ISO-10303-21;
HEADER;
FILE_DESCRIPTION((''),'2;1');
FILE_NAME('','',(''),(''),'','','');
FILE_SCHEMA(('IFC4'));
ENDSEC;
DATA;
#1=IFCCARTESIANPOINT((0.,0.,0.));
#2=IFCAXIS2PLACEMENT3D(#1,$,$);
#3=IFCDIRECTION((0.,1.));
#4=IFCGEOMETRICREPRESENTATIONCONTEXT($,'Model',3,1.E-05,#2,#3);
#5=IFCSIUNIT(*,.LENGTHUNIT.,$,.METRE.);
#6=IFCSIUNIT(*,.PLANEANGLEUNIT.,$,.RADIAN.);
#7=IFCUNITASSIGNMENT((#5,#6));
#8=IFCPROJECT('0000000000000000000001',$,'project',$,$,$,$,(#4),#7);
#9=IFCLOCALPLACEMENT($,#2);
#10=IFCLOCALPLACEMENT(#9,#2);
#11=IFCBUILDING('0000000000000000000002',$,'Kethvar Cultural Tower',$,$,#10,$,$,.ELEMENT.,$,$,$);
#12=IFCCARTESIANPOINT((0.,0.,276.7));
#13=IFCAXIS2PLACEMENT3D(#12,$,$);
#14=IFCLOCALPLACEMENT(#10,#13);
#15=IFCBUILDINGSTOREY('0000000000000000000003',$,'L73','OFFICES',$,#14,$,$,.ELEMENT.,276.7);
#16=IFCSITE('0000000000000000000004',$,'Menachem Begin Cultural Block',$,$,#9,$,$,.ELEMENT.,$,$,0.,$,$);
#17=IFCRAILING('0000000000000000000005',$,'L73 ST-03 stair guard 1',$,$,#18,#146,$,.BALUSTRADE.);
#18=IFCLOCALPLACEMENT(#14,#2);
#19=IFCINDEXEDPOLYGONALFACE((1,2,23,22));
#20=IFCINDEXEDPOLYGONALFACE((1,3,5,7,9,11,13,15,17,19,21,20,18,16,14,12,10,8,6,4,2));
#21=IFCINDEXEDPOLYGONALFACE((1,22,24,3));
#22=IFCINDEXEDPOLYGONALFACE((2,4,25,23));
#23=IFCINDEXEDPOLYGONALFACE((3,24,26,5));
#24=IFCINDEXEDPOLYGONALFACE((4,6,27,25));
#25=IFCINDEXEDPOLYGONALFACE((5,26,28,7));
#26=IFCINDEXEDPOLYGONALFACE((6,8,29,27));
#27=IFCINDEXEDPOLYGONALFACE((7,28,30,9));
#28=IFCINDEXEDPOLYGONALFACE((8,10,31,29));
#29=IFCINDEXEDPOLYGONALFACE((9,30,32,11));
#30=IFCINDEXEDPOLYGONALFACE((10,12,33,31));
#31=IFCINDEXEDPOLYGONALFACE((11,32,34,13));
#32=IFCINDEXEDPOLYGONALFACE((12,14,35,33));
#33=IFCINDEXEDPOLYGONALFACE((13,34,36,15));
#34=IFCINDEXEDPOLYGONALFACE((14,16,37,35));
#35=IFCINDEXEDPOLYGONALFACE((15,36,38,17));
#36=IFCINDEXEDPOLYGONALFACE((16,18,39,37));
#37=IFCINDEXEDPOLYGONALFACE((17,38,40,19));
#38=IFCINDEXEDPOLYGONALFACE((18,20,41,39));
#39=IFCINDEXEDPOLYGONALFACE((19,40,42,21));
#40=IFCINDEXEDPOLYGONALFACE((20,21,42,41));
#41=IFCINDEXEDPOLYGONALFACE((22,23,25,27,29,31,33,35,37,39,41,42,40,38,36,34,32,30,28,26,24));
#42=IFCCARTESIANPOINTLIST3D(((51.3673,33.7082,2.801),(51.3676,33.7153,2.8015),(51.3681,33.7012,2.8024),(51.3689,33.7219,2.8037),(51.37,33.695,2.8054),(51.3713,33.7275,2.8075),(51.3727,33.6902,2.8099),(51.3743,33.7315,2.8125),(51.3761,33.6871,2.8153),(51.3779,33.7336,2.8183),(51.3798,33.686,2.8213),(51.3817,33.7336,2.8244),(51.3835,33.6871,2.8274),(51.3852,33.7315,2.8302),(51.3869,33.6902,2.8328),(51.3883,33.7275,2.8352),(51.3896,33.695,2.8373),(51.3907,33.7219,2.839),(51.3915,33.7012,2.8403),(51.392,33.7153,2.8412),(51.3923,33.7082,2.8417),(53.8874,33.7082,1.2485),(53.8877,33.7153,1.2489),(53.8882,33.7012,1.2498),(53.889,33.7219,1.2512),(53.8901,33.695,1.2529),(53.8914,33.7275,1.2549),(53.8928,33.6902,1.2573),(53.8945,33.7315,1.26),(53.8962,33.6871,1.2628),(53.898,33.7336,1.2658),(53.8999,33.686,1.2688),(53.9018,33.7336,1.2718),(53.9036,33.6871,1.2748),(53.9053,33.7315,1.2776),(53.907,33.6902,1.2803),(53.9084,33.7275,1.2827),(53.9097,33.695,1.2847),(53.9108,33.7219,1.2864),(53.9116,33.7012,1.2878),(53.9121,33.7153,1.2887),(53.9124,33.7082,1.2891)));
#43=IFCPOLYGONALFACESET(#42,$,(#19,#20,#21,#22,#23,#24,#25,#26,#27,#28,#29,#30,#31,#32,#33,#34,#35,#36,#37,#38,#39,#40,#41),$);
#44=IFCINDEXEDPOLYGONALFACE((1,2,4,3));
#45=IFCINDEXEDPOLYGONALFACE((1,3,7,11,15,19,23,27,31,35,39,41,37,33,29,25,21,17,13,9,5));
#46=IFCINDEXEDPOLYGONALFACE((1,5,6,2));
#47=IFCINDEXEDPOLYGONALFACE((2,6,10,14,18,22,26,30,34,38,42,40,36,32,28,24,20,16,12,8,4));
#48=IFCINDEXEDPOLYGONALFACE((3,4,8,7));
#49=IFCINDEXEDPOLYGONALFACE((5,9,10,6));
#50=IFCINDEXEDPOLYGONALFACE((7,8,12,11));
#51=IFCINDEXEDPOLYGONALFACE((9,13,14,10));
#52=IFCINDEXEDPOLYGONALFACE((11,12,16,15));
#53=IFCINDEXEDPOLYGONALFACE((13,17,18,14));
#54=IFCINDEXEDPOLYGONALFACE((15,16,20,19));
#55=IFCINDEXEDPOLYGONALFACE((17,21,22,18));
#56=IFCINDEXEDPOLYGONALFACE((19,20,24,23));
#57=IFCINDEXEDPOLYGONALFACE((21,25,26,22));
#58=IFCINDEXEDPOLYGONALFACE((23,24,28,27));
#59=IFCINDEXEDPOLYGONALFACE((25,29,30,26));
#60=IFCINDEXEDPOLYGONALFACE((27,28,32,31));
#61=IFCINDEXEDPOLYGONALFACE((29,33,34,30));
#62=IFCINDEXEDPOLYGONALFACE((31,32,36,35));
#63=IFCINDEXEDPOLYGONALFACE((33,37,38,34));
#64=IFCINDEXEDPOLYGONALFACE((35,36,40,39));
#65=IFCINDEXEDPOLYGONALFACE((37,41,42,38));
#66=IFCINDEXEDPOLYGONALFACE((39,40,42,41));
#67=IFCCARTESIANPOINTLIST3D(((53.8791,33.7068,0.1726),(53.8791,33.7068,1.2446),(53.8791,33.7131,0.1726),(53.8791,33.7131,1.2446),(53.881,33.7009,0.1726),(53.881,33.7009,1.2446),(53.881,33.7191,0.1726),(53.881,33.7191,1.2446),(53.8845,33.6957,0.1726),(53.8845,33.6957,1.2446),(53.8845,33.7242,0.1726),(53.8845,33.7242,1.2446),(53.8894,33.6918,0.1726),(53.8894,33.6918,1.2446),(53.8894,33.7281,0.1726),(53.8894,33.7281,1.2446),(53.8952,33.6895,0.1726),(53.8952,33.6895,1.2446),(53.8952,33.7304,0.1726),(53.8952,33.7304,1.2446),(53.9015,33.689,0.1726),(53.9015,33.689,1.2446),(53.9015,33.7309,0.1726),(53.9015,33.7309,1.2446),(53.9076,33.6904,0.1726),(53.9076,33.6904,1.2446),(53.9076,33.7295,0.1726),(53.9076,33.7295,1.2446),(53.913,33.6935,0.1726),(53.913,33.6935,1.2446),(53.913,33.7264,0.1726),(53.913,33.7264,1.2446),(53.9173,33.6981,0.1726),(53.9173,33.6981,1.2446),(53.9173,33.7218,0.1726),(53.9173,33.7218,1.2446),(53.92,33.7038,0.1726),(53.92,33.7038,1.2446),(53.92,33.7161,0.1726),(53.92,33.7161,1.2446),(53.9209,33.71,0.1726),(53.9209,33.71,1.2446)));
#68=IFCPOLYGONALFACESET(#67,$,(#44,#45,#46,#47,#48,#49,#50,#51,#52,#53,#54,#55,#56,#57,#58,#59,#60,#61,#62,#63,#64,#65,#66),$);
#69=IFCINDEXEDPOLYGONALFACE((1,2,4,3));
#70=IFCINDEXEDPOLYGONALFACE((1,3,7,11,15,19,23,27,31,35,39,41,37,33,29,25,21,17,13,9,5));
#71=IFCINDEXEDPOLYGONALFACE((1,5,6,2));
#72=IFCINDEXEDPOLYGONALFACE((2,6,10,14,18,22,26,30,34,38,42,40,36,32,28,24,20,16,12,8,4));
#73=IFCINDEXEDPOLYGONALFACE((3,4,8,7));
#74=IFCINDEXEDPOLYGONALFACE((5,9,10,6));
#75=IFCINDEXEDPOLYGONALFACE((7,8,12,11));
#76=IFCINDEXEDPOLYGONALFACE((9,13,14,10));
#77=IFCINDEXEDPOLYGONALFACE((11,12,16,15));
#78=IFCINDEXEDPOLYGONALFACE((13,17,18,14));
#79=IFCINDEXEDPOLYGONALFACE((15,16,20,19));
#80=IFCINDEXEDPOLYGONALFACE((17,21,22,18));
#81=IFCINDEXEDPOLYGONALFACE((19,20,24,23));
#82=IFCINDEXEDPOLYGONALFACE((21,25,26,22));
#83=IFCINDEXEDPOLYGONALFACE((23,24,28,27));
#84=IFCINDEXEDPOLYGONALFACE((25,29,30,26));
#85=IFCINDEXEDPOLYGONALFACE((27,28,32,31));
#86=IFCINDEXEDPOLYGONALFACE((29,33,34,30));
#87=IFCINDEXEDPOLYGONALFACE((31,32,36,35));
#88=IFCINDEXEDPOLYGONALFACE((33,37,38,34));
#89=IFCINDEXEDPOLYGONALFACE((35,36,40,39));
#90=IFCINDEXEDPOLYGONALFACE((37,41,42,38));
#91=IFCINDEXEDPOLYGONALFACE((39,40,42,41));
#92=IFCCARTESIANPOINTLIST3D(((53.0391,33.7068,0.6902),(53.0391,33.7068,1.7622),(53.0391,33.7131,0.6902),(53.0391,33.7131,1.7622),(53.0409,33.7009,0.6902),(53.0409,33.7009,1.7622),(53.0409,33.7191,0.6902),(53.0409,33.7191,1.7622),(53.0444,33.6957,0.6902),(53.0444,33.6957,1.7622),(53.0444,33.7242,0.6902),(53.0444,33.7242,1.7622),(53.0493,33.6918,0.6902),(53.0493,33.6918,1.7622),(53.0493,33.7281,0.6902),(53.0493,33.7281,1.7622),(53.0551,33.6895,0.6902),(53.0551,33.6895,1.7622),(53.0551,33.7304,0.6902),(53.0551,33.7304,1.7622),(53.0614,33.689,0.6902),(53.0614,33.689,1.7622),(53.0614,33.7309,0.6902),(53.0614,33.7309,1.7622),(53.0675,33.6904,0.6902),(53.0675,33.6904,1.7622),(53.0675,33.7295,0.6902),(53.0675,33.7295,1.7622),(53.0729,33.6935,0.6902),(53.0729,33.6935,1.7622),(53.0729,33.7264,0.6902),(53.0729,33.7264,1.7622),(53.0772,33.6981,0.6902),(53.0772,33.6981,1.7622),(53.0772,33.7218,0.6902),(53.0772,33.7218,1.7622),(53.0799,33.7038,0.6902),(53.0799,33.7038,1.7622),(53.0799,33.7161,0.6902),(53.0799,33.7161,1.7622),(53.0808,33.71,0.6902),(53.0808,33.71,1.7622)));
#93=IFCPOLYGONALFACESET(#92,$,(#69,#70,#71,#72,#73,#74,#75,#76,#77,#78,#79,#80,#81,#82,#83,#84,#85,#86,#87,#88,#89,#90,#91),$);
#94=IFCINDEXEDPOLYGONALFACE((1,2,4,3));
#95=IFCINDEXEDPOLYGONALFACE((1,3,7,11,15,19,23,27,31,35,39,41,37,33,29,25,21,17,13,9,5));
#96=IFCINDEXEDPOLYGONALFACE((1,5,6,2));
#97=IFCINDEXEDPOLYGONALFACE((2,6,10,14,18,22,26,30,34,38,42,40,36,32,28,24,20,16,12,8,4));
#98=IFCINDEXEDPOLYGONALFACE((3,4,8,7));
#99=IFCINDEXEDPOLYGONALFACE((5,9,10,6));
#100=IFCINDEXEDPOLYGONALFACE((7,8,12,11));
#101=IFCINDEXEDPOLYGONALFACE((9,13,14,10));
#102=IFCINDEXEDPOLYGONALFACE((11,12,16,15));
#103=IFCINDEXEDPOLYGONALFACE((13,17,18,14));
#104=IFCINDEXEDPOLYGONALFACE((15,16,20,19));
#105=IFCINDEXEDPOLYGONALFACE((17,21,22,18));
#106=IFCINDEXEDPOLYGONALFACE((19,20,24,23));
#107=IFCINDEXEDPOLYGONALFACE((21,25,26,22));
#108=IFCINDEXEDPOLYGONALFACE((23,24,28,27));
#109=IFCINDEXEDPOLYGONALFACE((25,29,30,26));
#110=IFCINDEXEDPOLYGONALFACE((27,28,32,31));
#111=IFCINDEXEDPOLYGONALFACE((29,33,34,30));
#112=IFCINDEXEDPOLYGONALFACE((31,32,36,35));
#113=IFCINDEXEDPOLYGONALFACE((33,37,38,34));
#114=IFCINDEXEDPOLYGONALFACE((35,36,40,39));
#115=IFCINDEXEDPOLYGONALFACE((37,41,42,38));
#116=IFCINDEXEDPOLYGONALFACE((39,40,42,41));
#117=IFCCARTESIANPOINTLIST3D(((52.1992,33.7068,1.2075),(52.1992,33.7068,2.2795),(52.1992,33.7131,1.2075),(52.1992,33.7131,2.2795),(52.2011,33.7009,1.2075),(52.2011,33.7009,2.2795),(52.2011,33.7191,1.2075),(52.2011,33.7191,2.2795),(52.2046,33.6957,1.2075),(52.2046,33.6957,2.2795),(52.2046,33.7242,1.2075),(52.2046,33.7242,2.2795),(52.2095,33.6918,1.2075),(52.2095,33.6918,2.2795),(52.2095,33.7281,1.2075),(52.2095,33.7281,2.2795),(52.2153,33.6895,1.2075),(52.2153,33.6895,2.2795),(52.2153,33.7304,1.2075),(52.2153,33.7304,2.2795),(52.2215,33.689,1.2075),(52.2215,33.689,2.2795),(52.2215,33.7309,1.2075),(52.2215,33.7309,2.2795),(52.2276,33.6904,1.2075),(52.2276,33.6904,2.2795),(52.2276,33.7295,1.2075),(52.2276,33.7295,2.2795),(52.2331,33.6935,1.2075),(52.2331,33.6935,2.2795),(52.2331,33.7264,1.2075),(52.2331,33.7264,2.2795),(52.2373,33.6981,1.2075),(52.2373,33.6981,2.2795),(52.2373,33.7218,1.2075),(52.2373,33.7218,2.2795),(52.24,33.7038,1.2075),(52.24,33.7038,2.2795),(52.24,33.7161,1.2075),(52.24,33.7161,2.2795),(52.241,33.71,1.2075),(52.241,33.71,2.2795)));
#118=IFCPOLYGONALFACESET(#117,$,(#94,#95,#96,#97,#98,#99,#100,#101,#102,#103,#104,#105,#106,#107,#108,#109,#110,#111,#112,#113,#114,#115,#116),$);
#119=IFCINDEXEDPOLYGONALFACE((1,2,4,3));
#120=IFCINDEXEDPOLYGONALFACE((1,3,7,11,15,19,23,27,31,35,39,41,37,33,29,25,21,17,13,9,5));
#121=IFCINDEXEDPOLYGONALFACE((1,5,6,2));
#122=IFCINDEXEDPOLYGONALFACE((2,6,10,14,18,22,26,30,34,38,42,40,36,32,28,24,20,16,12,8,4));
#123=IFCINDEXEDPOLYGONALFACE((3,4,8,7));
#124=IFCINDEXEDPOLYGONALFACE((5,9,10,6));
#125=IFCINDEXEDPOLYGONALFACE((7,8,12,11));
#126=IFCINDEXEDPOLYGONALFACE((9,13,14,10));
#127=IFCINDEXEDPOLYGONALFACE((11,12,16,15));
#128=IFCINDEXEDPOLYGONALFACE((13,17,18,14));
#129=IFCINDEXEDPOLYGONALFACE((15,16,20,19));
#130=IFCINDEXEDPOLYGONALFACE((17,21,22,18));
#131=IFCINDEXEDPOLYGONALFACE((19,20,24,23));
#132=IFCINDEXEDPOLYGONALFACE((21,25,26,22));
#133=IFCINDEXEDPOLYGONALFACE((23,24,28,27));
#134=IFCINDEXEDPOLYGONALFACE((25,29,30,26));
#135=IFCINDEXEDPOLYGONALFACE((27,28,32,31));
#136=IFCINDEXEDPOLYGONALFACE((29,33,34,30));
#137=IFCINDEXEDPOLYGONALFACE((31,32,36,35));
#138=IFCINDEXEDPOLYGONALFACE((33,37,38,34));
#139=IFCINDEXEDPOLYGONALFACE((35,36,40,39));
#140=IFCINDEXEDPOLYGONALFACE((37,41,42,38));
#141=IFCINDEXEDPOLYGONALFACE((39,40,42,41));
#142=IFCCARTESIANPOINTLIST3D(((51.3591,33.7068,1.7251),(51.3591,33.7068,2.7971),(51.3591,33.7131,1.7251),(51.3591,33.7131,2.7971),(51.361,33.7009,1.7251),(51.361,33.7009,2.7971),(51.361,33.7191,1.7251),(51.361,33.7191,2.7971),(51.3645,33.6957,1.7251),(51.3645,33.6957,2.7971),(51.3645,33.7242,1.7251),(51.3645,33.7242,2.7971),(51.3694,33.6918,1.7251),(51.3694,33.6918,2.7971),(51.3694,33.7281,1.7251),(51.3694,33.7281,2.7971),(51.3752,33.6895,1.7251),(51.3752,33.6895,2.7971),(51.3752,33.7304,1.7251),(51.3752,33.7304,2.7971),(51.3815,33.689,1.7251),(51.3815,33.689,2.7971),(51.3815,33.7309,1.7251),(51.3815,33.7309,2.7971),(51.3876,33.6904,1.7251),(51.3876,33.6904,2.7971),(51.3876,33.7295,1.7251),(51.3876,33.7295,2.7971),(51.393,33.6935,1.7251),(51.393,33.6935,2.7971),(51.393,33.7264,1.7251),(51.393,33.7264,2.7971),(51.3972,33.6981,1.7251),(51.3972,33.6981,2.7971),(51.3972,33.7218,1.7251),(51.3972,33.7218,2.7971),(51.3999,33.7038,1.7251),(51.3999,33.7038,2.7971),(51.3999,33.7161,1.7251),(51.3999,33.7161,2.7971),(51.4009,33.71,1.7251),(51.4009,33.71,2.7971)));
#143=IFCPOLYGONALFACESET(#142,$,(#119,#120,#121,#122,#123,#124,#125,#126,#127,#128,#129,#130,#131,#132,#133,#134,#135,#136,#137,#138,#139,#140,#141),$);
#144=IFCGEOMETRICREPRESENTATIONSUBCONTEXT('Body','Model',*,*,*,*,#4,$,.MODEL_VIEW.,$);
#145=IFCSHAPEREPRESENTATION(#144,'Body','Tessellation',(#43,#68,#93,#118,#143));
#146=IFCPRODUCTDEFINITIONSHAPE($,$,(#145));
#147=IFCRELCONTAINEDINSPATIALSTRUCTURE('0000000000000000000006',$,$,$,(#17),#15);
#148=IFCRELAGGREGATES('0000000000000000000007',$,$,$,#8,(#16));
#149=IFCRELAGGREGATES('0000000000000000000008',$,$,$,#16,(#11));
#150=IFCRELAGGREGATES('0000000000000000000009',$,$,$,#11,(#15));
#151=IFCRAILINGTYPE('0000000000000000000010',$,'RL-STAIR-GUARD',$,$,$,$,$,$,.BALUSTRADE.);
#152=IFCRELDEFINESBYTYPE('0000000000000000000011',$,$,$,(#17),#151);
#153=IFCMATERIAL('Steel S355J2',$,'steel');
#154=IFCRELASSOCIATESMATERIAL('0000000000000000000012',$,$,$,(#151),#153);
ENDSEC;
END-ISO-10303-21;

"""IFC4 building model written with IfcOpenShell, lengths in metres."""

from ifc_helpers import new_model, si_unit, direction, frame, origin, origin_2d, place, context, subcontext, project, spatial, circle, extrude, material, type_object, element, save


model = new_model("IFC4")

# Units and contexts
model_context = context("Model", 3, precision=1e-05, world=origin(), true_north=direction((0.0, 1.0)))
body_context = subcontext(model_context, "Body", "Model", "MODEL_VIEW")
ifc_project = project(units=[si_unit("LENGTHUNIT", "METRE"), si_unit("PLANEANGLEUNIT", "RADIAN")], contexts=[model_context])

# Site, building, storey
site_placement = place(None, origin())
site = spatial("IfcSite", under=ifc_project, at=site_placement, Name="Menachem Begin Cultural Block", CompositionType="ELEMENT", RefElevation=0.0)
building_placement = place(site_placement, origin())
building = spatial("IfcBuilding", under=site, at=building_placement, Name="Kethvar Cultural Tower", CompositionType="ELEMENT")
storey_placement = place(building_placement, frame((0.0, 0.0, 276.7)))
storey = spatial("IfcBuildingStorey", under=building, at=storey_placement, Name="L73", Description="OFFICES", CompositionType="ELEMENT", Elevation=276.7)

# Shared definitions
ifc_material_1 = material(Name="Steel S355J2", Category="steel")

# Railing
railing_type_1 = type_object("IfcRailingType", Name="RL-STAIR-GUARD", PredefinedType="BALUSTRADE", material=ifc_material_1)
railing_1_placement = place(storey_placement, frame((53.8999, 33.71, 0.1726)))
element("IfcRailing", 1, at=railing_1_placement, inside=storey, type_object=railing_type_1, Name="L73 ST-03 stair guard 1", PredefinedType="BALUSTRADE", context=body_context, shape_type="SweptSolid", body=[
    extrude(circle(Radius=0.0239, at=origin_2d()), frame((0.0, 0.0, 1.0962), z_axis=(-0.8514, 0.0, 0.524516), x_axis=(0.0, -1.0, 0.0)), (0.0, 0.0, 1.0), 2.96),
    extrude(circle(Radius=0.021, at=origin_2d()), origin(), (0.0, 0.0, 1.0), 1.072),
    extrude(circle(Radius=0.021, at=origin_2d()), frame((-0.8401, 0.0, 0.5176)), (0.0, 0.0, 1.0), 1.072),
    extrude(circle(Radius=0.021, at=origin_2d()), frame((-1.6799, 0.0, 1.0349)), (0.0, 0.0, 1.0), 1.072),
    extrude(circle(Radius=0.021, at=origin_2d()), frame((-2.52, 0.0, 1.5525)), (0.0, 0.0, 1.0), 1.072),
])

save(model, "model.ifc")
